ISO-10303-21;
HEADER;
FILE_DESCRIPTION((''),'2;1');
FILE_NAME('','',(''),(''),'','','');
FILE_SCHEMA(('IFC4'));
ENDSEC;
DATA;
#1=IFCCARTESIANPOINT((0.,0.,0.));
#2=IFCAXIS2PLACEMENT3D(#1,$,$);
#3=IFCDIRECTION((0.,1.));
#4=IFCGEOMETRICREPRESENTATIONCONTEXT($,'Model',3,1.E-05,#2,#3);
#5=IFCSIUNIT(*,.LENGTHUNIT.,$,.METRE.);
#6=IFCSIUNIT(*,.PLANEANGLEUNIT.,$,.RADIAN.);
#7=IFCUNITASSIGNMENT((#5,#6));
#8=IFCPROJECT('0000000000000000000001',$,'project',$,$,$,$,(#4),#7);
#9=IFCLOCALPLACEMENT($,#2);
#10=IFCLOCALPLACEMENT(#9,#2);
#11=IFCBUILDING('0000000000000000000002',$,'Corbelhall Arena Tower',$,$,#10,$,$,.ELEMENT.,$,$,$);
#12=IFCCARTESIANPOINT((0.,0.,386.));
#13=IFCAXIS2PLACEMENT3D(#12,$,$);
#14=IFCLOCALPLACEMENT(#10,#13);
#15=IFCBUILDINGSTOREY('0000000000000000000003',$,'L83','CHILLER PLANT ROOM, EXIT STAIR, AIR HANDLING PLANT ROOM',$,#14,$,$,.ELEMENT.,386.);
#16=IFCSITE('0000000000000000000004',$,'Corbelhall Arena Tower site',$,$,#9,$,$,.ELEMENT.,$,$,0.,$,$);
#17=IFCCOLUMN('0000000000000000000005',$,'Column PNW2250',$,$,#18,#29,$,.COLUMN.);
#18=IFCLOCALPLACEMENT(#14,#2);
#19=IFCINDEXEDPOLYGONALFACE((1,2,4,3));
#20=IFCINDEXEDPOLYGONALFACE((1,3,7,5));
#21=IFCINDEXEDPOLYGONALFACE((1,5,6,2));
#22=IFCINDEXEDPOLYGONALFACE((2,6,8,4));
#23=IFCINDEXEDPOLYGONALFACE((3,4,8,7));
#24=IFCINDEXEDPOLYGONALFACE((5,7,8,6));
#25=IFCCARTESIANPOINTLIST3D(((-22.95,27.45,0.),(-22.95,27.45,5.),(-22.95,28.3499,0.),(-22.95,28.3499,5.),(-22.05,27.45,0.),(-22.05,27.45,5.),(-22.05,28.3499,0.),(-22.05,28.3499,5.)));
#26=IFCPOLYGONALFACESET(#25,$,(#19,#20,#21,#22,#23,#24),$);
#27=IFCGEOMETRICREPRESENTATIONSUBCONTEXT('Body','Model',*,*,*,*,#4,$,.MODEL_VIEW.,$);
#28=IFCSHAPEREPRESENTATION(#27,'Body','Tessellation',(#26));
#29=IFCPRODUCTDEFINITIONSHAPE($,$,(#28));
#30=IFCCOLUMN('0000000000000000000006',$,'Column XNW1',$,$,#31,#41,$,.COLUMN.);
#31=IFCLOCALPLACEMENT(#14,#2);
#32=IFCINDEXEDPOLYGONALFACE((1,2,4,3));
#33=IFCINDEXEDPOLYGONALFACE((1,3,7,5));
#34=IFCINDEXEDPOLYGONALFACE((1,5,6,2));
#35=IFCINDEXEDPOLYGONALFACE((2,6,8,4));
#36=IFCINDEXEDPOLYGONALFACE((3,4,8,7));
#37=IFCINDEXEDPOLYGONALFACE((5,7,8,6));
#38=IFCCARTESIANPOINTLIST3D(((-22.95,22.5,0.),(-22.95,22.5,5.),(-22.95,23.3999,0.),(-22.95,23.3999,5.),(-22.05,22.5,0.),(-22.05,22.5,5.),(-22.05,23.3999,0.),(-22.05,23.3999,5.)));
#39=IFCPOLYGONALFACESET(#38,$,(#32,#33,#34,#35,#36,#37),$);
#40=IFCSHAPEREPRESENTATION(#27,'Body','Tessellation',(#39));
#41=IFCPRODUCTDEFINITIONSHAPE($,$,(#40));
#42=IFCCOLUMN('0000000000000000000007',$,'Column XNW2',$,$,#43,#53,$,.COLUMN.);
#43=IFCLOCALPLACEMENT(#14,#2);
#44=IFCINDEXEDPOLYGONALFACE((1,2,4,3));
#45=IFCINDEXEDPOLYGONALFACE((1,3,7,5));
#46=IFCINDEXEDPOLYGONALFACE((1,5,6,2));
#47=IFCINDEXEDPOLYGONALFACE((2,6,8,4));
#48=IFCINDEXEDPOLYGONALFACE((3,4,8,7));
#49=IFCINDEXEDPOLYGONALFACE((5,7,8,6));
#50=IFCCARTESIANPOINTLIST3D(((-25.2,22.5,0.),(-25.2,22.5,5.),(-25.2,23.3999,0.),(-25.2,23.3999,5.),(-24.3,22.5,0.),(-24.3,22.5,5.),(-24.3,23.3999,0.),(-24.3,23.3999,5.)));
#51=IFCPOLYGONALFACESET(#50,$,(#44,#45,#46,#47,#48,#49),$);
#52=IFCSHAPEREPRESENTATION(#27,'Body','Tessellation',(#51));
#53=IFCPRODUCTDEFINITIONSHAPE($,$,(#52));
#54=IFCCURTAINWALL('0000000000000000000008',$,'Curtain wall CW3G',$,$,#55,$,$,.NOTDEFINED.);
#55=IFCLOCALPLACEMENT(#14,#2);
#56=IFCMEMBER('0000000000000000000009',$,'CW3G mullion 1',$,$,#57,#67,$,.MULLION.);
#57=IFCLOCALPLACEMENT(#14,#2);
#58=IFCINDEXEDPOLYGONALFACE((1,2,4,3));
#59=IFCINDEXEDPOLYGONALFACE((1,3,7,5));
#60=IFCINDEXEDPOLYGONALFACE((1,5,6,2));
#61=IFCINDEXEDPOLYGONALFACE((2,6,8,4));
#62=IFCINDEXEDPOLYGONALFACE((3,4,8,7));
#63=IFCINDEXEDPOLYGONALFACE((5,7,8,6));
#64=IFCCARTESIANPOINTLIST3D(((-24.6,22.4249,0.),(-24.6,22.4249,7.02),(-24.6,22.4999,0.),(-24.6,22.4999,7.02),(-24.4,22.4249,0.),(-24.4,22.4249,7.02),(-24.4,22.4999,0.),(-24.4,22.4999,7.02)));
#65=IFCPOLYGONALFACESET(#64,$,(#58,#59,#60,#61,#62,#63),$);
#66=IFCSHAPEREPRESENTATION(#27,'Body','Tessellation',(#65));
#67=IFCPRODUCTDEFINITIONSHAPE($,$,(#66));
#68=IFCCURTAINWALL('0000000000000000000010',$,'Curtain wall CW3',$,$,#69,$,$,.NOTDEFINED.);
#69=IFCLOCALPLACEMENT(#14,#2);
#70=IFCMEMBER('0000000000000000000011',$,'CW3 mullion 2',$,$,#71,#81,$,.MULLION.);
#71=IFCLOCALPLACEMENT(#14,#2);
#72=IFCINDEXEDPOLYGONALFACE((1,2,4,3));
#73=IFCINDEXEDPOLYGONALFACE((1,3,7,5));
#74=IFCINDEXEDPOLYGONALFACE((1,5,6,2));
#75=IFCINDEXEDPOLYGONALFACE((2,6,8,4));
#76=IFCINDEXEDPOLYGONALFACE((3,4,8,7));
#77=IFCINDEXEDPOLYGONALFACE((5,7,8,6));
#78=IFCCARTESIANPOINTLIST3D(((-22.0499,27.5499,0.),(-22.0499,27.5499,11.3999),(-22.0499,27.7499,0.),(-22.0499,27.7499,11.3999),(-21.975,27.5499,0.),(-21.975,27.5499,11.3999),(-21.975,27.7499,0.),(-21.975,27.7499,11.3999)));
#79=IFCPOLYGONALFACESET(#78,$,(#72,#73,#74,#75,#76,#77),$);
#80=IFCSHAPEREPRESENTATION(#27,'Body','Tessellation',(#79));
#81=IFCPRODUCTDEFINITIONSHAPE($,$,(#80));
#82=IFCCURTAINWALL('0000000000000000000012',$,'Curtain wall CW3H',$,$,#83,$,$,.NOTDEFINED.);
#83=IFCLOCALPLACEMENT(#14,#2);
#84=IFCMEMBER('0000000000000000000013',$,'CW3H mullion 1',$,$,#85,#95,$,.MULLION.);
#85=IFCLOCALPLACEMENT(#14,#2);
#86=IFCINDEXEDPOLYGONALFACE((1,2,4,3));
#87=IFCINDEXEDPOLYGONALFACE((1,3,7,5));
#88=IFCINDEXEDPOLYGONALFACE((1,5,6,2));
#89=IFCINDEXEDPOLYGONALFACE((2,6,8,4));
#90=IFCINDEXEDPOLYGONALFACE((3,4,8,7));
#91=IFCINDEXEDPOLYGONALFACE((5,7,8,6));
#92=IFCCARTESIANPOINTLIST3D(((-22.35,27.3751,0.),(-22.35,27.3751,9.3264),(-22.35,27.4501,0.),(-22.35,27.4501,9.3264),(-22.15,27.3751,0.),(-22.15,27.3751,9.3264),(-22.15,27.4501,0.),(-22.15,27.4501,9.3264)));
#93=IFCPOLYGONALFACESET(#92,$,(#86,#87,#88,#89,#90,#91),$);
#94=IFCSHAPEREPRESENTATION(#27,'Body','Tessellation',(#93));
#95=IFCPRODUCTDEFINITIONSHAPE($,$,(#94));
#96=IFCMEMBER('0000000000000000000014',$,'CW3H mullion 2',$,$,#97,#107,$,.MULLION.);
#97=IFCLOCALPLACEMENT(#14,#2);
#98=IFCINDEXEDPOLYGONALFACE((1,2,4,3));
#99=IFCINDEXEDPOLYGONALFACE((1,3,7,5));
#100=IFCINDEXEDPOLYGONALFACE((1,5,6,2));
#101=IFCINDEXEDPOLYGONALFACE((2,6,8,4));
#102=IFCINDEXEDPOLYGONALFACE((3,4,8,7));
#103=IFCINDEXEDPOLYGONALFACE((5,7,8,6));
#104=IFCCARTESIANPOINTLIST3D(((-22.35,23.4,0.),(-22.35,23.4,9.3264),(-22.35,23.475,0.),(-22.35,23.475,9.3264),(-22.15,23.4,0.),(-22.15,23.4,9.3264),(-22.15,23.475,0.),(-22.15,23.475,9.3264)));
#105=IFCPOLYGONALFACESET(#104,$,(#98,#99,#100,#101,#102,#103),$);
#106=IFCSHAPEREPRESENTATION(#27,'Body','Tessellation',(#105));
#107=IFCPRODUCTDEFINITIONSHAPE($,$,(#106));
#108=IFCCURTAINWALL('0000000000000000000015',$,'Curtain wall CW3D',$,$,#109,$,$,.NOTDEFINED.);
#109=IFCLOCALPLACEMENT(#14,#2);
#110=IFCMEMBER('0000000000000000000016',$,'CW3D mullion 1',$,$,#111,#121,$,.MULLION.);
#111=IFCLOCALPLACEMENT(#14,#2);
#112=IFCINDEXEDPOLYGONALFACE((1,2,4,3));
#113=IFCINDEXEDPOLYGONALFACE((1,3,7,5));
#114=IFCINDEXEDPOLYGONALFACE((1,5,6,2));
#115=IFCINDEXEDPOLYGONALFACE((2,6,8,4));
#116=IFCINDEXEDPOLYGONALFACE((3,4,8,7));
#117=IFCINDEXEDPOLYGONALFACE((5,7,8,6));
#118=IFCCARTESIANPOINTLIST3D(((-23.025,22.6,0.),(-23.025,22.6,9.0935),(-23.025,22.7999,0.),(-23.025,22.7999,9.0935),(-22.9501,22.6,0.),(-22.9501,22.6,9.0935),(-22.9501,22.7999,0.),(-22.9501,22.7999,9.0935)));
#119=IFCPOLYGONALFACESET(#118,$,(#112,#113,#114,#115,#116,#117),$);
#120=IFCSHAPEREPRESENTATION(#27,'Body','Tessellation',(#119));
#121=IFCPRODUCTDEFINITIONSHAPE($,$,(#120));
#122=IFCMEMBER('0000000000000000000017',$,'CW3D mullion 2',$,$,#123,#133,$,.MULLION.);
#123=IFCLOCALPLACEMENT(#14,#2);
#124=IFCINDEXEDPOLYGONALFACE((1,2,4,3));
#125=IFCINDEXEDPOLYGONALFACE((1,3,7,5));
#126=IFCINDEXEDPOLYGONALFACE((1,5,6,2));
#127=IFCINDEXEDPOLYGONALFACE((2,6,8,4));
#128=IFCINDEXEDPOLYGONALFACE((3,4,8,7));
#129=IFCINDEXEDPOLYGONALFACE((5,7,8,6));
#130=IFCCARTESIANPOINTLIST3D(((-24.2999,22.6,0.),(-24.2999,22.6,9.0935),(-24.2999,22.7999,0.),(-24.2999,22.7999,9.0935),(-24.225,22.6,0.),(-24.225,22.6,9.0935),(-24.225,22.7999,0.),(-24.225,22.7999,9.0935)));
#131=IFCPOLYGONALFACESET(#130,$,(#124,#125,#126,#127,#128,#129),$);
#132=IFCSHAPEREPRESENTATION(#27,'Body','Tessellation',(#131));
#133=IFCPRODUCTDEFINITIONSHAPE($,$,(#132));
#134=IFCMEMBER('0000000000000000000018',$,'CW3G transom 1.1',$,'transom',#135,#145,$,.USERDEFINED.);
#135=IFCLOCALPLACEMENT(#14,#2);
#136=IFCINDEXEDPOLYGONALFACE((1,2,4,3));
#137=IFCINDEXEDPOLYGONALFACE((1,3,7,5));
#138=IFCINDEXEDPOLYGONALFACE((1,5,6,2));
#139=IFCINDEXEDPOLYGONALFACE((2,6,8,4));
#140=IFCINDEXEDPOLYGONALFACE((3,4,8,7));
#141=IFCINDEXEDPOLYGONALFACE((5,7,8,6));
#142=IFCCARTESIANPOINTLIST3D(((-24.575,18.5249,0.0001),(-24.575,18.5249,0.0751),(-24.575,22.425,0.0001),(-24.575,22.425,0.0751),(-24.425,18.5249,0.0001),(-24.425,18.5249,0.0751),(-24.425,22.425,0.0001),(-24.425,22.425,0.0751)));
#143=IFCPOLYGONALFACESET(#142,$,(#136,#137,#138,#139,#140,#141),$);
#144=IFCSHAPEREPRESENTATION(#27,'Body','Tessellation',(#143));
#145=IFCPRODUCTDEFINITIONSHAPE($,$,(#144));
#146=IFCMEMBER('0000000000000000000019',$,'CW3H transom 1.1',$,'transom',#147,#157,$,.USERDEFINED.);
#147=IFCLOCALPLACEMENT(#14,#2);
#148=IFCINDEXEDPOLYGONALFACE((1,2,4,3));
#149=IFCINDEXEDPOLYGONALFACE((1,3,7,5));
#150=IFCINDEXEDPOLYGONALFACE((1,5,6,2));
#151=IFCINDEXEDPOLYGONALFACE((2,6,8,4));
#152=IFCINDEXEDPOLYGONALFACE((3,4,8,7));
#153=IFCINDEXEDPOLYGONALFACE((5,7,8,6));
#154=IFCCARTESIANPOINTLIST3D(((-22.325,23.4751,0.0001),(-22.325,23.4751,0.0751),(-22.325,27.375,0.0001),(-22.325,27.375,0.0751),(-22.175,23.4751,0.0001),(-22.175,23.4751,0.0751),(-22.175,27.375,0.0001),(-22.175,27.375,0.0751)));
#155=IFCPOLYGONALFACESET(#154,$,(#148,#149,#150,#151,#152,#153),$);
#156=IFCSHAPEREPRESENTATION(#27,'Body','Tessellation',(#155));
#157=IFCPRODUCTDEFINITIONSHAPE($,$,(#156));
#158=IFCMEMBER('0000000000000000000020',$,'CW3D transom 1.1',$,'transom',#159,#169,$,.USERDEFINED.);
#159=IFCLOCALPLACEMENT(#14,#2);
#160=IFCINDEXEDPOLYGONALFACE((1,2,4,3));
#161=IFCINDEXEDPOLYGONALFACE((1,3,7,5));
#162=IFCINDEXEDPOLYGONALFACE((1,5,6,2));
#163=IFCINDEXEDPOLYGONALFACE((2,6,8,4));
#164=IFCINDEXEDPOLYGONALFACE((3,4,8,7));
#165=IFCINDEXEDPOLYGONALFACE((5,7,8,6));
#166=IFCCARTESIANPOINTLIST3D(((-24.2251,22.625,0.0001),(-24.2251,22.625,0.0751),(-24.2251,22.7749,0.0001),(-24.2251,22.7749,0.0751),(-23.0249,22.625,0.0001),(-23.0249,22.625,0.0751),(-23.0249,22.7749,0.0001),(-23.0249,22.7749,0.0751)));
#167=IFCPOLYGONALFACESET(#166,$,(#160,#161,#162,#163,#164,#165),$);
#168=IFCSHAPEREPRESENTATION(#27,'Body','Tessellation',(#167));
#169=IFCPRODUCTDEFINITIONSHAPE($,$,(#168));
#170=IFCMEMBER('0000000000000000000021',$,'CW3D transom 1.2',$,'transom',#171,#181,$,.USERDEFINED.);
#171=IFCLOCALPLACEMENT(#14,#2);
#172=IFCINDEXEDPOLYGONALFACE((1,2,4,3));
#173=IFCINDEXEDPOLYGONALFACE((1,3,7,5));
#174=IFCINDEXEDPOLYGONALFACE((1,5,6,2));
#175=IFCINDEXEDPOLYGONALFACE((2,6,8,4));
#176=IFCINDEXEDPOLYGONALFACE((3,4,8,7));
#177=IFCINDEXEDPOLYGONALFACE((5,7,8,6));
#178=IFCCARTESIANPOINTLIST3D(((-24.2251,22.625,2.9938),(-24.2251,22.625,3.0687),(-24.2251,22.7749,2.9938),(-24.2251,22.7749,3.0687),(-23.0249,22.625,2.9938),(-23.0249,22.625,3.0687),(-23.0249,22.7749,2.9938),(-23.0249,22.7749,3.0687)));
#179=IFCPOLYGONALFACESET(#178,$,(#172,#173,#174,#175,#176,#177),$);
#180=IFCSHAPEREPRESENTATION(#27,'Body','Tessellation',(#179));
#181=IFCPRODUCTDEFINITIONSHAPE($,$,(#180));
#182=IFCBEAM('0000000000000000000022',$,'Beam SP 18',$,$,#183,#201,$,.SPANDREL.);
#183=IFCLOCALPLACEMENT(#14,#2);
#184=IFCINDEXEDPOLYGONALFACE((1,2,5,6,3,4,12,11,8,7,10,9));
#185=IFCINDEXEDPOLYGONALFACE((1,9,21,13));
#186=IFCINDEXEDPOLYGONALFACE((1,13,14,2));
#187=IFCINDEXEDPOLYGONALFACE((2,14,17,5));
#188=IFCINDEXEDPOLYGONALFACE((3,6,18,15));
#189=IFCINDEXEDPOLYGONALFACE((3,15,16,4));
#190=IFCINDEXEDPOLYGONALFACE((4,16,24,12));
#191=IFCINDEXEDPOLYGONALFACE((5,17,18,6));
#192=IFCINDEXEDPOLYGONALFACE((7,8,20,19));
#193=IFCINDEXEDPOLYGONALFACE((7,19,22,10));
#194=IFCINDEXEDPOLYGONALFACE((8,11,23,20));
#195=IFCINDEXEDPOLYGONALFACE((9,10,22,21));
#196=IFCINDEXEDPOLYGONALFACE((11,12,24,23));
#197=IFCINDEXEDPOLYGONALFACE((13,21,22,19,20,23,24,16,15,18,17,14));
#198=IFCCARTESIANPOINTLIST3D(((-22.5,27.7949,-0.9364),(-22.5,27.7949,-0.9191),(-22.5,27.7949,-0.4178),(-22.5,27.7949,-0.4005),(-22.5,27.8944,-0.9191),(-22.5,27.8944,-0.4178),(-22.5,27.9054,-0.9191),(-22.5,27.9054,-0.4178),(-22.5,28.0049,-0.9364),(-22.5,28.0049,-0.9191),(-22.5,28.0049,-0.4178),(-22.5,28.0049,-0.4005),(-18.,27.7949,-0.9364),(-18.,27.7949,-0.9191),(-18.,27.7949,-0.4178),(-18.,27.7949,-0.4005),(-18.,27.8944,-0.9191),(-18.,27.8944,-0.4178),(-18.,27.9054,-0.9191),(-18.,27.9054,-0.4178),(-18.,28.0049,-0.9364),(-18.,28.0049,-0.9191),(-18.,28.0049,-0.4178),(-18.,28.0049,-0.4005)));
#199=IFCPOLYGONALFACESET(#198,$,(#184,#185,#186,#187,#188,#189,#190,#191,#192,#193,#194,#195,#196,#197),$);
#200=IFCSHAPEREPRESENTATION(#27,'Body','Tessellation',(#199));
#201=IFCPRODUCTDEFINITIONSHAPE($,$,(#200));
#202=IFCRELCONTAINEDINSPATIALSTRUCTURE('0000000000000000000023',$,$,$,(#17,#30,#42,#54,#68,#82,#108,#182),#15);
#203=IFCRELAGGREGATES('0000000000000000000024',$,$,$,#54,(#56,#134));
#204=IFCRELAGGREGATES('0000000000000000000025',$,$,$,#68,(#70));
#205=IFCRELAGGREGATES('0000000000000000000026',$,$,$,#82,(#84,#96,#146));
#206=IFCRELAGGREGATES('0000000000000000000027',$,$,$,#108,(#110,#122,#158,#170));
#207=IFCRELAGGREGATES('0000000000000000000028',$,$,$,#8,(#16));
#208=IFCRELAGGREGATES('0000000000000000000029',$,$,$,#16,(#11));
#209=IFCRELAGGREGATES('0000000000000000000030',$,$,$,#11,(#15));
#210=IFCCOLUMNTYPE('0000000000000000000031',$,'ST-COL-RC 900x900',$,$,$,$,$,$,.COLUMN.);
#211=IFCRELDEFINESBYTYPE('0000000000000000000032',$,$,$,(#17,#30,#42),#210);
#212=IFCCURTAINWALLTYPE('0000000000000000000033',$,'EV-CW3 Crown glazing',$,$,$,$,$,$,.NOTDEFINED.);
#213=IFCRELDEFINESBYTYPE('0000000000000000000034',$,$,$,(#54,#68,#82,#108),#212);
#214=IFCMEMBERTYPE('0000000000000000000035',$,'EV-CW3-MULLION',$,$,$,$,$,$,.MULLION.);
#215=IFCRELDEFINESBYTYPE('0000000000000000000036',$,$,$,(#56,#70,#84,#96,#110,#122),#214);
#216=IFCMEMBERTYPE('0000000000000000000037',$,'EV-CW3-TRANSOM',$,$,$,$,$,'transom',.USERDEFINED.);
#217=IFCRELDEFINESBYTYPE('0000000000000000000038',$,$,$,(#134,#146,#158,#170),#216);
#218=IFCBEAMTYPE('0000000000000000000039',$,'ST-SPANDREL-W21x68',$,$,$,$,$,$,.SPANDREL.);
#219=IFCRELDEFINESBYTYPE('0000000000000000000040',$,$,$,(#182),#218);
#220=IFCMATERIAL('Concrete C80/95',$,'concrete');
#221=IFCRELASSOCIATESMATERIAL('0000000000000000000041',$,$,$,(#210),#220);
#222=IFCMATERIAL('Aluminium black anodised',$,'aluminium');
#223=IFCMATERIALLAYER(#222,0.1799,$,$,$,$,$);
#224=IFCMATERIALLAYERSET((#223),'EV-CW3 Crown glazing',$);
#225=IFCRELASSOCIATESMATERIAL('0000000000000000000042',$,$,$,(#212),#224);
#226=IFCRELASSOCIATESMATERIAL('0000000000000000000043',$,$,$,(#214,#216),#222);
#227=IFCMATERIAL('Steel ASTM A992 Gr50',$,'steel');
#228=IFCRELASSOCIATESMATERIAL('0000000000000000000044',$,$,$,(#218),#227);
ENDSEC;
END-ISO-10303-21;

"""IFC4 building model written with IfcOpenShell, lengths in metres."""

from ifc_helpers import new_model, si_unit, direction, frame, origin, origin_2d, place, context, subcontext, project, spatial, rectangle, i_section, extrude, material, layer, layer_set, material_profile, profile_set, type_object, element, aggregate, save


model = new_model("IFC4")

# Units and contexts
model_context = context("Model", 3, precision=1e-05, world=origin(), true_north=direction((0.0, 1.0)))
body_context = subcontext(model_context, "Body", "Model", "MODEL_VIEW")
ifc_project = project(units=[si_unit("LENGTHUNIT", "METRE"), si_unit("PLANEANGLEUNIT", "RADIAN")], contexts=[model_context])

# Site, building, storey
site_placement = place(None, origin())
site = spatial("IfcSite", under=ifc_project, at=site_placement, Name="Corbelhall Arena Tower site", CompositionType="ELEMENT", RefElevation=0.0)
building_placement = place(site_placement, origin())
building = spatial("IfcBuilding", under=site, at=building_placement, Name="Corbelhall Arena Tower", CompositionType="ELEMENT")
storey_placement = place(building_placement, frame((0.0, 0.0, 386.0)))
storey = spatial("IfcBuildingStorey", under=building, at=storey_placement, Name="L83", Description="CHILLER PLANT ROOM, EXIT STAIR, AIR HANDLING PLANT ROOM", CompositionType="ELEMENT", Elevation=386.0)

# Columns
ifc_material_1 = material(Name="Concrete C80/95", Category="concrete")
ifc_material_profile_1 = material_profile(ifc_material_1, rectangle(XDim=0.8999, YDim=0.8999, at=origin_2d()))
ifc_profile_set_1 = profile_set([ifc_material_profile_1], Name="Concrete C80/95")
column_type = type_object("IfcColumnType", Name="ST-COL-RC 900x900", PredefinedType="COLUMN", material=ifc_profile_set_1)
for number, where, z_axis, x_axis, name in (
    (1, (-22.5, 27.8999, 0.0), (0.0, 0.0, 1.0), (1.0, 0.0, 0.0), "Column PNW2250"),
    (2, (-22.5, 22.95, 0.0), (0.0, 0.0, 1.0), (1.0, 0.0, 0.0), "Column XNW1"),
    (3, (-24.75, 22.95, 0.0), (0.0, 0.0, 1.0), (1.0, 0.0, 0.0), "Column XNW2"),
):
    element("IfcColumn", number, at=place(storey_placement, frame(where, z_axis=z_axis, x_axis=x_axis)), inside=storey, type_object=column_type, Name=name, PredefinedType="COLUMN", context=body_context, shape_type="SweptSolid", body=[
        extrude(rectangle(XDim=0.8999, YDim=0.8999, at=origin_2d()), origin(), (0.0, 0.0, 1.0), 5.0),
    ])

# Curtain walls, members
ifc_material_2 = material(Name="Aluminium black anodised", Category="aluminium")
ifc_layer_1 = layer(ifc_material_2, 0.1799)
ifc_layer_set_1 = layer_set([ifc_layer_1], Name="EV-CW3 Crown glazing")
curtain_wall_type = type_object("IfcCurtainWallType", Name="EV-CW3 Crown glazing", PredefinedType="NOTDEFINED", material=ifc_layer_set_1)
curtain_wall_1_placement = place(storey_placement, origin())
curtain_wall_1 = element("IfcCurtainWall", 4, at=curtain_wall_1_placement, inside=storey, type_object=curtain_wall_type, Name="Curtain wall CW3G", PredefinedType="NOTDEFINED")
ifc_material_profile_2 = material_profile(ifc_material_2, rectangle(XDim=0.2, YDim=0.075, at=origin_2d()))
ifc_profile_set_2 = profile_set([ifc_material_profile_2], Name="Aluminium black anodised")
member_type_1 = type_object("IfcMemberType", Name="EV-CW3-MULLION", PredefinedType="MULLION", material=ifc_profile_set_2)
member_1_placement = place(storey_placement, frame((-24.5, 22.4624, 0.0), z_axis=(0.0, 0.0, 1.0), x_axis=(1.0, 0.0, 0.0)))
member_1 = element("IfcMember", 5, at=member_1_placement, type_object=member_type_1, Name="CW3G mullion 1", PredefinedType="MULLION", context=body_context, shape_type="SweptSolid", body=[
    extrude(rectangle(XDim=0.2, YDim=0.075, at=origin_2d()), origin(), (0.0, 0.0, 1.0), 7.02),
])
curtain_wall_2_placement = place(storey_placement, origin())
curtain_wall_2 = element("IfcCurtainWall", 6, at=curtain_wall_2_placement, inside=storey, type_object=curtain_wall_type, Name="Curtain wall CW3", PredefinedType="NOTDEFINED")
member_2_placement = place(storey_placement, frame((-22.0125, 27.6499, 0.0), z_axis=(0.0, 0.0, 1.0), x_axis=(0.0, -1.0, 0.0)))
member_2 = element("IfcMember", 7, at=member_2_placement, type_object=member_type_1, Name="CW3 mullion 2", PredefinedType="MULLION", context=body_context, shape_type="SweptSolid", body=[
    extrude(rectangle(XDim=0.2, YDim=0.075, at=origin_2d()), origin(), (0.0, 0.0, 1.0), 11.3999),
])

# Curtain walls, members
curtain_wall_3_placement = place(storey_placement, origin())
curtain_wall_3 = element("IfcCurtainWall", 8, at=curtain_wall_3_placement, inside=storey, type_object=curtain_wall_type, Name="Curtain wall CW3H", PredefinedType="NOTDEFINED")
member_3_placement = place(storey_placement, frame((-22.25, 27.4126, 0.0), z_axis=(0.0, 0.0, 1.0), x_axis=(1.0, 0.0, 0.0)))
member_3 = element("IfcMember", 9, at=member_3_placement, type_object=member_type_1, Name="CW3H mullion 1", PredefinedType="MULLION", context=body_context, shape_type="SweptSolid", body=[
    extrude(rectangle(XDim=0.2, YDim=0.075, at=origin_2d()), origin(), (0.0, 0.0, 1.0), 9.3264),
])
member_4_placement = place(storey_placement, frame((-22.25, 23.4375, 0.0), z_axis=(0.0, 0.0, 1.0), x_axis=(1.0, 0.0, 0.0)))
member_4 = element("IfcMember", 10, at=member_4_placement, type_object=member_type_1, Name="CW3H mullion 2", PredefinedType="MULLION", context=body_context, shape_type="SweptSolid", body=[
    extrude(rectangle(XDim=0.2, YDim=0.075, at=origin_2d()), origin(), (0.0, 0.0, 1.0), 9.3264),
])
curtain_wall_4_placement = place(storey_placement, origin())
curtain_wall_4 = element("IfcCurtainWall", 11, at=curtain_wall_4_placement, inside=storey, type_object=curtain_wall_type, Name="Curtain wall CW3D", PredefinedType="NOTDEFINED")
member_5_placement = place(storey_placement, frame((-22.9875, 22.7, 0.0), z_axis=(0.0, 0.0, 1.0), x_axis=(0.0, -1.0, 0.0)))
member_5 = element("IfcMember", 12, at=member_5_placement, type_object=member_type_1, Name="CW3D mullion 1", PredefinedType="MULLION", context=body_context, shape_type="SweptSolid", body=[
    extrude(rectangle(XDim=0.2, YDim=0.075, at=origin_2d()), origin(), (0.0, 0.0, 1.0), 9.0935),
])
member_6_placement = place(storey_placement, frame((-24.2625, 22.7, 0.0), z_axis=(0.0, 0.0, 1.0), x_axis=(0.0, -1.0, 0.0)))
member_6 = element("IfcMember", 13, at=member_6_placement, type_object=member_type_1, Name="CW3D mullion 2", PredefinedType="MULLION", context=body_context, shape_type="SweptSolid", body=[
    extrude(rectangle(XDim=0.2, YDim=0.075, at=origin_2d()), origin(), (0.0, 0.0, 1.0), 9.0935),
])

# Members
ifc_material_profile_3 = material_profile(ifc_material_2, rectangle(XDim=0.1499, YDim=0.075, at=origin_2d()))
ifc_profile_set_3 = profile_set([ifc_material_profile_3], Name="Aluminium black anodised")
member_type_2 = type_object("IfcMemberType", Name="EV-CW3-TRANSOM", ElementType="transom", PredefinedType="USERDEFINED", material=ifc_profile_set_3)
member_7_placement = place(storey_placement, frame((-24.5, 22.425, 0.0376), z_axis=(0.0, -1.0, 0.0), x_axis=(1.0, 0.0, 0.0)))
member_7 = element("IfcMember", 14, at=member_7_placement, type_object=member_type_2, Name="CW3G transom 1.1", ObjectType="transom", PredefinedType="USERDEFINED", context=body_context, shape_type="SweptSolid", body=[
    extrude(rectangle(XDim=0.1499, YDim=0.075, at=origin_2d()), origin(), (0.0, 0.0, 1.0), 3.9001),
])
aggregate(curtain_wall_1, [member_1, member_7])
member_8_placement = place(storey_placement, frame((-22.25, 27.375, 0.0376), z_axis=(0.0, -1.0, 0.0), x_axis=(1.0, 0.0, 0.0)))
member_8 = element("IfcMember", 15, at=member_8_placement, type_object=member_type_2, Name="CW3H transom 1.1", ObjectType="transom", PredefinedType="USERDEFINED", context=body_context, shape_type="SweptSolid", body=[
    extrude(rectangle(XDim=0.1499, YDim=0.075, at=origin_2d()), origin(), (0.0, 0.0, 1.0), 3.8999),
])
member_9_placement = place(storey_placement, frame((-23.0249, 22.7, 0.0376), z_axis=(-1.0, 0.0, 0.0), x_axis=(0.0, -1.0, 0.0)))
member_9 = element("IfcMember", 16, at=member_9_placement, type_object=member_type_2, Name="CW3D transom 1.1", ObjectType="transom", PredefinedType="USERDEFINED", context=body_context, shape_type="SweptSolid", body=[
    extrude(rectangle(XDim=0.1499, YDim=0.075, at=origin_2d()), origin(), (0.0, 0.0, 1.0), 1.2002),
])
member_10_placement = place(storey_placement, frame((-23.0249, 22.7, 3.0312), z_axis=(-1.0, 0.0, 0.0), x_axis=(0.0, -1.0, 0.0)))
member_10 = element("IfcMember", 17, at=member_10_placement, type_object=member_type_2, Name="CW3D transom 1.2", ObjectType="transom", PredefinedType="USERDEFINED", context=body_context, shape_type="SweptSolid", body=[
    extrude(rectangle(XDim=0.1499, YDim=0.075, at=origin_2d()), origin(), (0.0, 0.0, 1.0), 1.2002),
])

# Beam
ifc_material_3 = material(Name="Steel ASTM A992 Gr50", Category="steel")
ifc_material_profile_4 = material_profile(ifc_material_3, i_section(OverallWidth=0.21, OverallDepth=0.5359, WebThickness=0.011, FlangeThickness=0.0173, at=origin_2d()))
ifc_profile_set_4 = profile_set([ifc_material_profile_4], Name="Steel ASTM A992 Gr50")
beam_type = type_object("IfcBeamType", Name="ST-SPANDREL-W21x68", PredefinedType="SPANDREL", material=ifc_profile_set_4)
beam_1_placement = place(storey_placement, frame((-22.5, 27.8999, -0.6685), z_axis=(1.0, 0.0, 0.0), x_axis=(0.0, 1.0, 0.0)))
element("IfcBeam", 18, at=beam_1_placement, inside=storey, type_object=beam_type, Name="Beam SP 18", PredefinedType="SPANDREL", context=body_context, shape_type="SweptSolid", body=[
    extrude(i_section(OverallWidth=0.21, OverallDepth=0.5359, WebThickness=0.011, FlangeThickness=0.0173, at=origin_2d()), origin(), (0.0, 0.0, 1.0), 4.5),
])

aggregate(curtain_wall_2, [member_2])
aggregate(curtain_wall_3, [member_3, member_4, member_8])
aggregate(curtain_wall_4, [member_5, member_6, member_9, member_10])

save(model, "model.ifc")
